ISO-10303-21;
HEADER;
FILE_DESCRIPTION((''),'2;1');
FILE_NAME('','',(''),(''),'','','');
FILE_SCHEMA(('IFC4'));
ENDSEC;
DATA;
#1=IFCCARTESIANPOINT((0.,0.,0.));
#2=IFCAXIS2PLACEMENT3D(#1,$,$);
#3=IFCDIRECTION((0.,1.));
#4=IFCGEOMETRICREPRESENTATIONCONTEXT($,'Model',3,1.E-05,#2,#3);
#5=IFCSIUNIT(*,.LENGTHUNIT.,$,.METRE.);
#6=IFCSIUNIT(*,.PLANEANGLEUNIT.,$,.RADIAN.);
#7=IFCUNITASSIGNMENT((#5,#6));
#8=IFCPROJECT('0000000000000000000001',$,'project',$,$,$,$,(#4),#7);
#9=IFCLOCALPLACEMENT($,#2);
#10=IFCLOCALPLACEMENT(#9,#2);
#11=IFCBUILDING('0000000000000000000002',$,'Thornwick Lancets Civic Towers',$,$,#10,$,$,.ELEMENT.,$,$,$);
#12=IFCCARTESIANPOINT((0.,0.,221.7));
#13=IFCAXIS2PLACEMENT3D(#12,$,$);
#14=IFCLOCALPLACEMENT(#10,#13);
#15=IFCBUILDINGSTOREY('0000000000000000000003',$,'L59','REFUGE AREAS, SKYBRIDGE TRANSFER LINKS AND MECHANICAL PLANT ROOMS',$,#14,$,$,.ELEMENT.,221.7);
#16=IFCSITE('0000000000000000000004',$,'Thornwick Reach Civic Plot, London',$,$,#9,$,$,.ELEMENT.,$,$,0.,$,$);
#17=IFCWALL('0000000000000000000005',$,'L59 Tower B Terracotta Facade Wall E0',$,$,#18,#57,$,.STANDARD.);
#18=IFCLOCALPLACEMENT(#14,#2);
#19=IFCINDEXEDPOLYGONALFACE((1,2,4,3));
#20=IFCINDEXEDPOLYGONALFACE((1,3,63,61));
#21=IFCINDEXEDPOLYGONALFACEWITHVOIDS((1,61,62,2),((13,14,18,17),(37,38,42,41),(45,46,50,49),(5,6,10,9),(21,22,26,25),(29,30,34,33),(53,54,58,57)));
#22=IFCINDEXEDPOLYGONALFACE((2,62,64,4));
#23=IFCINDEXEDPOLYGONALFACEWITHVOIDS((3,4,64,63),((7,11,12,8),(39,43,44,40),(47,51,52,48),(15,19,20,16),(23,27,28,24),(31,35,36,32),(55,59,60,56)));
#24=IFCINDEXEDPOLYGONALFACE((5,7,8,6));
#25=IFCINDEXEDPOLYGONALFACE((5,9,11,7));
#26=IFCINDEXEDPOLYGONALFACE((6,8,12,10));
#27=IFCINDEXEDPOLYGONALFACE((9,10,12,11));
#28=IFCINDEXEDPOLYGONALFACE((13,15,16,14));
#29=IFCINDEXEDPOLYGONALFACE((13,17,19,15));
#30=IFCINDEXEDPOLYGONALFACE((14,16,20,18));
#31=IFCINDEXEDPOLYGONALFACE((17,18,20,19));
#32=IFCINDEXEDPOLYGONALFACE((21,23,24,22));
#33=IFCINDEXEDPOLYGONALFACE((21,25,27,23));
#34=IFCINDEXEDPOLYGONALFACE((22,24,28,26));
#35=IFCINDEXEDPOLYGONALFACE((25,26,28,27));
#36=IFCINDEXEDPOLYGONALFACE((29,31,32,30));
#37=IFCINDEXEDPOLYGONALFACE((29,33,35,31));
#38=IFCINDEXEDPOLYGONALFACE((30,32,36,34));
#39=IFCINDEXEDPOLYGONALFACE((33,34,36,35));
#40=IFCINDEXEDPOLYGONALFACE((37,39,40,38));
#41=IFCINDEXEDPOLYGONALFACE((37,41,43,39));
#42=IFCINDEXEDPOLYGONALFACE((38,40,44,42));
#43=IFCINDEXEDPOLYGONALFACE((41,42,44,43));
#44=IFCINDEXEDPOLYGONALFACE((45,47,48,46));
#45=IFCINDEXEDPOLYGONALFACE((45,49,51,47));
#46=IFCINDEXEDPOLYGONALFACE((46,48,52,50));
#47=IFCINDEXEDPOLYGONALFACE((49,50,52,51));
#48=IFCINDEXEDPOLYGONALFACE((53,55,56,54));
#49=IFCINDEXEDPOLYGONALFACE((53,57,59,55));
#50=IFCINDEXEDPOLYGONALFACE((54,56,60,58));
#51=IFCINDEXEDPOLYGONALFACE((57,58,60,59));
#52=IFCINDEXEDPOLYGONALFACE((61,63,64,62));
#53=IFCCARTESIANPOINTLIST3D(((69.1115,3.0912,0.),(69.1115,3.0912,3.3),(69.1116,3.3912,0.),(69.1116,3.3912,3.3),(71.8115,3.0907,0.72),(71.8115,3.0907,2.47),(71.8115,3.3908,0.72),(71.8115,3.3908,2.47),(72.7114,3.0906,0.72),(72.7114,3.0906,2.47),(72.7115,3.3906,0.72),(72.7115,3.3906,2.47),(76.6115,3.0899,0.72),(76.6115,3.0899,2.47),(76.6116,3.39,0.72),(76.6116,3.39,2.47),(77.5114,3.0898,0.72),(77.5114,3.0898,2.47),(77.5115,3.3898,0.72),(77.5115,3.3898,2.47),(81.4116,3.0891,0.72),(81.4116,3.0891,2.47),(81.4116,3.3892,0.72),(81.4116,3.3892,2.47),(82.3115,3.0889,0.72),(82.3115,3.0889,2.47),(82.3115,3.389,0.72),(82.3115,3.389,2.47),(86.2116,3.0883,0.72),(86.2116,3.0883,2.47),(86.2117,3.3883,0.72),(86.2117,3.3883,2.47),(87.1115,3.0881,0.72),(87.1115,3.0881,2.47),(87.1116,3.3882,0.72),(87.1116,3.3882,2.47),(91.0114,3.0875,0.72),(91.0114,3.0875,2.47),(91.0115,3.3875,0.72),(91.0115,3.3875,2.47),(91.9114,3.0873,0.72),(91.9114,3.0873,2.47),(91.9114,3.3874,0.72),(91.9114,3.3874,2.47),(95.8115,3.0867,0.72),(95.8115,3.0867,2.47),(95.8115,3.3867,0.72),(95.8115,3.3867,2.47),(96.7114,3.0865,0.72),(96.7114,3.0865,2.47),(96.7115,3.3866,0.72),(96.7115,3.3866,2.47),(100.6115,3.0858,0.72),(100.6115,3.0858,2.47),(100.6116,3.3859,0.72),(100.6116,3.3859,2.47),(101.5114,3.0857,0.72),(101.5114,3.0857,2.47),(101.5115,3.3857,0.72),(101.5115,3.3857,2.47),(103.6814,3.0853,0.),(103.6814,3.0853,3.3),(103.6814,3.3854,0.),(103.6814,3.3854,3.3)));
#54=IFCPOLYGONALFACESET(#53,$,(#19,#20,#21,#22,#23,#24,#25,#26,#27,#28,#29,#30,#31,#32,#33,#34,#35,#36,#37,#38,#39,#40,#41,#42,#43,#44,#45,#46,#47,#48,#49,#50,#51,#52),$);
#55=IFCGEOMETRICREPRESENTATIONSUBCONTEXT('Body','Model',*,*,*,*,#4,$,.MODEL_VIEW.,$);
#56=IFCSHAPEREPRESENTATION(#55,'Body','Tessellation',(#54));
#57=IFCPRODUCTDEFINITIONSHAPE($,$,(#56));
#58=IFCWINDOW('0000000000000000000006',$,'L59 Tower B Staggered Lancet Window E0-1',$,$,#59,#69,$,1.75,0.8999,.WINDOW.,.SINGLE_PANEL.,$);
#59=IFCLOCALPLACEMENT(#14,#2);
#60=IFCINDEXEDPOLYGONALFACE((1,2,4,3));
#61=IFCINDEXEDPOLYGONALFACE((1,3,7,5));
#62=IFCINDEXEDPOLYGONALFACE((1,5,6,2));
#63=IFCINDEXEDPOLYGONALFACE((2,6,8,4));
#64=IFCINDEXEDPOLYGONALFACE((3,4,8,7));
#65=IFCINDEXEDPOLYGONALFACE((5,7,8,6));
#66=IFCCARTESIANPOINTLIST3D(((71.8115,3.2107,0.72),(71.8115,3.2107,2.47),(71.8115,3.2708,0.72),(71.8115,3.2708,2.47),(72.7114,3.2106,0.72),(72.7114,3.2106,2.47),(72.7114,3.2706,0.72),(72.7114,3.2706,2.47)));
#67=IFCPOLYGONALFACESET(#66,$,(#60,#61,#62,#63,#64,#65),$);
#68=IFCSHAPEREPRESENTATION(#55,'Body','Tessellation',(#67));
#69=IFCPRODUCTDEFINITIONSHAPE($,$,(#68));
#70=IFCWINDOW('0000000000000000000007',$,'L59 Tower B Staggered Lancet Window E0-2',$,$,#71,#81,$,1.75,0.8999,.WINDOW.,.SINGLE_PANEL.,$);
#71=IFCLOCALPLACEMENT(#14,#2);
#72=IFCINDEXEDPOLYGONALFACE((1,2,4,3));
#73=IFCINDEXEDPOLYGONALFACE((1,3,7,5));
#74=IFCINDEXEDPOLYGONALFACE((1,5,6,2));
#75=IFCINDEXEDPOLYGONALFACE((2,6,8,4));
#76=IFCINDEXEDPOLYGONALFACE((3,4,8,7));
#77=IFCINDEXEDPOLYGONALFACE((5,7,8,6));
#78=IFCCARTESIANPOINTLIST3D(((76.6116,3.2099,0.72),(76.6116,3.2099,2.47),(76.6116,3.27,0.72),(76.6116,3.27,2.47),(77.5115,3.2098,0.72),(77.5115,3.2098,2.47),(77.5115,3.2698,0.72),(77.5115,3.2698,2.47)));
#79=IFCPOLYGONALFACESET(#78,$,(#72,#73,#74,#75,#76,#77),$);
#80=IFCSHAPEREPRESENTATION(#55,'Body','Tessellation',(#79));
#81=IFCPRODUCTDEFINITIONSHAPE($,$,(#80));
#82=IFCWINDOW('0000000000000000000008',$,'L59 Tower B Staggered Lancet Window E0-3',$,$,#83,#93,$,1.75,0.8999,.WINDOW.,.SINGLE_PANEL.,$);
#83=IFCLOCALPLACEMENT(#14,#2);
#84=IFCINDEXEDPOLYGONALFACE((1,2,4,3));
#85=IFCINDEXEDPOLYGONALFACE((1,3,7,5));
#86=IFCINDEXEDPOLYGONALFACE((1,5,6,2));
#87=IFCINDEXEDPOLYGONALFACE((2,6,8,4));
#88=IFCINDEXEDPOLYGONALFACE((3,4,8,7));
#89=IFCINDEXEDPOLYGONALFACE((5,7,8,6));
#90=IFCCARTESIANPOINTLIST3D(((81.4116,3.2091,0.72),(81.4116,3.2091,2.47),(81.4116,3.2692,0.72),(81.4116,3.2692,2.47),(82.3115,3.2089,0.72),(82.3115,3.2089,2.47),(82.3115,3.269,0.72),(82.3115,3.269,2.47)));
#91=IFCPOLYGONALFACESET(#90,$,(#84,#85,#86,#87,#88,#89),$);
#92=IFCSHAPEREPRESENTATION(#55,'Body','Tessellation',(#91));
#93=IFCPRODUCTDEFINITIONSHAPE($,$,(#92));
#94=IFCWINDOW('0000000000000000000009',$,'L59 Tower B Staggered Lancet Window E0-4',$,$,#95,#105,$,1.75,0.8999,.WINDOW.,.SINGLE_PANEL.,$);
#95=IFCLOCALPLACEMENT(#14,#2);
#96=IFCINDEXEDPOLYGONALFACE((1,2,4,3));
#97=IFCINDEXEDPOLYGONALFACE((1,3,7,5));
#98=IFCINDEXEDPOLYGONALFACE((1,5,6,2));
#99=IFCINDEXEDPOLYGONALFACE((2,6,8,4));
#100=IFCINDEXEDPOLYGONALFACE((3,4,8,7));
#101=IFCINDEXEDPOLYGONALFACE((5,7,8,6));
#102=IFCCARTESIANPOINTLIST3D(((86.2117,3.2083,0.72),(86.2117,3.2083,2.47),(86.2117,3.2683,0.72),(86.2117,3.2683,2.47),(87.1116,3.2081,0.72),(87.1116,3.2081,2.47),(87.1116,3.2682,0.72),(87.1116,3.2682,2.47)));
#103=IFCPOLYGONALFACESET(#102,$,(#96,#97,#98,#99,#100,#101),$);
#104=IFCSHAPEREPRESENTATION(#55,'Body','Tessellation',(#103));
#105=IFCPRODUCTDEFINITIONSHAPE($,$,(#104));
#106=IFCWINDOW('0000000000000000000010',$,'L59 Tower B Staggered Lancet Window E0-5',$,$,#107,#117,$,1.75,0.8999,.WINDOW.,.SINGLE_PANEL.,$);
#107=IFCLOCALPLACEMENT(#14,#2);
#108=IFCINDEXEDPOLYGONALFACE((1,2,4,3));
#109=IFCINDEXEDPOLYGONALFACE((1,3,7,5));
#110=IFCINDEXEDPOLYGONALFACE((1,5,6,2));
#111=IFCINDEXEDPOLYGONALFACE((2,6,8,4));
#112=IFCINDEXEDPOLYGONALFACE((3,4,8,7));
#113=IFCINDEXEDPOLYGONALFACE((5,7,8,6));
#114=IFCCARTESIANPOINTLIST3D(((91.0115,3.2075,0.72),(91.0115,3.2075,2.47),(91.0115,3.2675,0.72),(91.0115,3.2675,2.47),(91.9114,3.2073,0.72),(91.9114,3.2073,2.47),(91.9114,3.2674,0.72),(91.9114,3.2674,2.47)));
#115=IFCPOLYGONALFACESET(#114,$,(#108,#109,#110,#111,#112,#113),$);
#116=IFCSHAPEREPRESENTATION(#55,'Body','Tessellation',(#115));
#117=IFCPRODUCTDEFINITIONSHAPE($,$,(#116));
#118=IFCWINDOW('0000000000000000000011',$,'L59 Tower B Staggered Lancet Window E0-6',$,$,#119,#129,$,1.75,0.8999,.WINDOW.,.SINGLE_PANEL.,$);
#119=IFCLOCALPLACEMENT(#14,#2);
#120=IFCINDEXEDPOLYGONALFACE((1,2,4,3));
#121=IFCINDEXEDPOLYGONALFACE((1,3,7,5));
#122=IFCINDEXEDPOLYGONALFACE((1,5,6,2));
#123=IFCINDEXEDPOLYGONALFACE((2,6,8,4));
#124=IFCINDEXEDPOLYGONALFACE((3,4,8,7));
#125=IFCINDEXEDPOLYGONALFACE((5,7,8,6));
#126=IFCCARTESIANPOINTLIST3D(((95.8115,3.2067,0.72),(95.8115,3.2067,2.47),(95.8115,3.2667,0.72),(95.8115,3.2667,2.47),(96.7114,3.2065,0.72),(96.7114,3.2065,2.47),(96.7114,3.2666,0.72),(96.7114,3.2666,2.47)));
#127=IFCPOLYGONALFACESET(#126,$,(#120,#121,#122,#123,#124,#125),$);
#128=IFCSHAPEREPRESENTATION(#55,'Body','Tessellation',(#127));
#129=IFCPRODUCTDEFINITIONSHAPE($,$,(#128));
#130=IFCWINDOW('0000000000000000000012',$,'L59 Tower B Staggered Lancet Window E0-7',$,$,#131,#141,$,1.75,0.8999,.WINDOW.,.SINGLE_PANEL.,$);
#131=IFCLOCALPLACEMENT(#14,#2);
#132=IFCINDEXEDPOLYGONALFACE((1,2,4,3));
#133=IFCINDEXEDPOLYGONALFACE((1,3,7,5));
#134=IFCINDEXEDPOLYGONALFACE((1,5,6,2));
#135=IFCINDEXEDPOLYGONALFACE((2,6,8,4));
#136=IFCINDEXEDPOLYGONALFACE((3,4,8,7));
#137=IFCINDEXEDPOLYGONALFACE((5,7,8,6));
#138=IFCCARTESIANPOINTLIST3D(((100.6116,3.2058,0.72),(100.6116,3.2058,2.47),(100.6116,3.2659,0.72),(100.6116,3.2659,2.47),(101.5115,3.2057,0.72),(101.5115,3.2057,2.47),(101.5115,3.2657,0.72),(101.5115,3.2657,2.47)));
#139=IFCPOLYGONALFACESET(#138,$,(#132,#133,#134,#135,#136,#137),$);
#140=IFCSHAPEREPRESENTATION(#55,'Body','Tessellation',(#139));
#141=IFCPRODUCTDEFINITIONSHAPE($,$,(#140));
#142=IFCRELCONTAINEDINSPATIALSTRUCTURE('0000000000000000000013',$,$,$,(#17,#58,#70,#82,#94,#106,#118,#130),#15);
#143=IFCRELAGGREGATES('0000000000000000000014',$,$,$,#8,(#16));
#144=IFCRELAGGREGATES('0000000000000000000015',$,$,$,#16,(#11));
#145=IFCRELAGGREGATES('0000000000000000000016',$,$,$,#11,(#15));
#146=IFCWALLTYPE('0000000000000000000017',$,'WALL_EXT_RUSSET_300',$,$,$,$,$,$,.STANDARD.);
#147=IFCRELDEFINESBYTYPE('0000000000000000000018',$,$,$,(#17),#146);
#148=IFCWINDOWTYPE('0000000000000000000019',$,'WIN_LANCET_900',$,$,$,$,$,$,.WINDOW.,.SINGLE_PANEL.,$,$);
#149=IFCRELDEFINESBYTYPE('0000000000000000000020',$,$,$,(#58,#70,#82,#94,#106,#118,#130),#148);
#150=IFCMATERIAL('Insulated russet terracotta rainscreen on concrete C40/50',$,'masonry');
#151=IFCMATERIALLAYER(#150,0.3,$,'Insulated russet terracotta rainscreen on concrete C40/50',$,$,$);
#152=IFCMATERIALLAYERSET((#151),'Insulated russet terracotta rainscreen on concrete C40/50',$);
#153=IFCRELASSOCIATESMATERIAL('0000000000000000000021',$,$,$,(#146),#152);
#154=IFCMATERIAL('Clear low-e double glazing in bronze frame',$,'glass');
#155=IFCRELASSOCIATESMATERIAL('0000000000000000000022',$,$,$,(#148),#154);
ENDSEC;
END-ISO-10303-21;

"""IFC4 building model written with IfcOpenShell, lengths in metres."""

from ifc_helpers import new_model, si_unit, direction, frame, frame_2d, origin, place, context, subcontext, project, spatial, rectangle, extrude, material, layer, layer_set, type_object, element, fill, save


model = new_model("IFC4")

# Units and contexts
model_context = context("Model", 3, precision=1e-05, world=origin(), true_north=direction((0.0, 1.0)))
body_context = subcontext(model_context, "Body", "Model", "MODEL_VIEW")
ifc_project = project(units=[si_unit("LENGTHUNIT", "METRE"), si_unit("PLANEANGLEUNIT", "RADIAN")], contexts=[model_context])

# Site, building, storey
site_placement = place(None, origin())
site = spatial("IfcSite", under=ifc_project, at=site_placement, Name="Thornwick Reach Civic Plot, London", CompositionType="ELEMENT", RefElevation=0.0)
building_placement = place(site_placement, origin())
building = spatial("IfcBuilding", under=site, at=building_placement, Name="Thornwick Lancets Civic Towers", CompositionType="ELEMENT")
storey_placement = place(building_placement, frame((0.0, 0.0, 221.7)))
storey = spatial("IfcBuildingStorey", under=building, at=storey_placement, Name="L59", Description="REFUGE AREAS, SKYBRIDGE TRANSFER LINKS AND MECHANICAL PLANT ROOMS", CompositionType="ELEMENT", Elevation=221.7)

# Wall, openings, windows
ifc_material_1 = material(Name="Insulated russet terracotta rainscreen on concrete C40/50", Category="masonry")
ifc_layer_1 = layer(ifc_material_1, 0.3, Name="Insulated russet terracotta rainscreen on concrete C40/50")
ifc_layer_set_1 = layer_set([ifc_layer_1], Name="Insulated russet terracotta rainscreen on concrete C40/50")
wall_type_1 = type_object("IfcWallType", Name="WALL_EXT_RUSSET_300", PredefinedType="STANDARD", material=ifc_layer_set_1)
wall_1_placement = place(storey_placement, frame((69.1116, 3.2412, 0.0), z_axis=(0.0, 0.0, 1.0), x_axis=(1.0, -0.000169, 0.0)))
wall_1 = element("IfcWall", 1, at=wall_1_placement, inside=storey, type_object=wall_type_1, Name="L59 Tower B Terracotta Facade Wall E0", PredefinedType="STANDARD", context=body_context, shape_type="SweptSolid", body=[
    extrude(rectangle(XDim=34.5698, YDim=0.3, at=frame_2d((17.2849, 0.0))), origin(), (0.0, 0.0, 1.0), 3.3),
])
opening_1_placement = place(wall_1_placement, frame((2.7, 0.0, 0.72)))
opening_1 = element("IfcOpeningElement", 2, at=opening_1_placement, cuts=wall_1, PredefinedType="OPENING", context=body_context, shape_type="SweptSolid", body=[
    extrude(rectangle(XDim=0.8999, YDim=1.75, at=frame_2d((0.45, 0.875))), frame((0.0, 0.1602, 0.0), z_axis=(0.0, -1.0, 0.0), x_axis=(1.0, 0.0, 0.0)), (0.0, 0.0, 1.0), 0.3201),
])
opening_2_placement = place(wall_1_placement, frame((7.5, 0.0, 0.72)))
opening_2 = element("IfcOpeningElement", 3, at=opening_2_placement, cuts=wall_1, PredefinedType="OPENING", context=body_context, shape_type="SweptSolid", body=[
    extrude(rectangle(XDim=0.8999, YDim=1.75, at=frame_2d((0.45, 0.875))), frame((0.0, 0.1602, 0.0), z_axis=(0.0, -1.0, 0.0), x_axis=(1.0, 0.0, 0.0)), (0.0, 0.0, 1.0), 0.3201),
])
opening_3_placement = place(wall_1_placement, frame((12.3, 0.0, 0.72)))
opening_3 = element("IfcOpeningElement", 4, at=opening_3_placement, cuts=wall_1, PredefinedType="OPENING", context=body_context, shape_type="SweptSolid", body=[
    extrude(rectangle(XDim=0.8999, YDim=1.75, at=frame_2d((0.45, 0.875))), frame((0.0, 0.1602, 0.0), z_axis=(0.0, -1.0, 0.0), x_axis=(1.0, 0.0, 0.0)), (0.0, 0.0, 1.0), 0.3201),
])
opening_4_placement = place(wall_1_placement, frame((17.1001, 0.0, 0.72)))
opening_4 = element("IfcOpeningElement", 5, at=opening_4_placement, cuts=wall_1, PredefinedType="OPENING", context=body_context, shape_type="SweptSolid", body=[
    extrude(rectangle(XDim=0.8999, YDim=1.75, at=frame_2d((0.45, 0.875))), frame((0.0, 0.1602, 0.0), z_axis=(0.0, -1.0, 0.0), x_axis=(1.0, 0.0, 0.0)), (0.0, 0.0, 1.0), 0.3201),
])
opening_5_placement = place(wall_1_placement, frame((21.8999, 0.0, 0.72)))
opening_5 = element("IfcOpeningElement", 6, at=opening_5_placement, cuts=wall_1, PredefinedType="OPENING", context=body_context, shape_type="SweptSolid", body=[
    extrude(rectangle(XDim=0.8999, YDim=1.75, at=frame_2d((0.45, 0.875))), frame((0.0, 0.1602, 0.0), z_axis=(0.0, -1.0, 0.0), x_axis=(1.0, 0.0, 0.0)), (0.0, 0.0, 1.0), 0.3201),
])
opening_6_placement = place(wall_1_placement, frame((26.7, 0.0, 0.72)))
opening_6 = element("IfcOpeningElement", 7, at=opening_6_placement, cuts=wall_1, PredefinedType="OPENING", context=body_context, shape_type="SweptSolid", body=[
    extrude(rectangle(XDim=0.8999, YDim=1.75, at=frame_2d((0.45, 0.875))), frame((0.0, 0.1602, 0.0), z_axis=(0.0, -1.0, 0.0), x_axis=(1.0, 0.0, 0.0)), (0.0, 0.0, 1.0), 0.3201),
])
opening_7_placement = place(wall_1_placement, frame((31.5, 0.0, 0.72)))
opening_7 = element("IfcOpeningElement", 8, at=opening_7_placement, cuts=wall_1, PredefinedType="OPENING", context=body_context, shape_type="SweptSolid", body=[
    extrude(rectangle(XDim=0.8999, YDim=1.75, at=frame_2d((0.45, 0.875))), frame((0.0, 0.1602, 0.0), z_axis=(0.0, -1.0, 0.0), x_axis=(1.0, 0.0, 0.0)), (0.0, 0.0, 1.0), 0.3201),
])
ifc_material_2 = material(Name="Clear low-e double glazing in bronze frame", Category="glass")
window_type = type_object("IfcWindowType", Name="WIN_LANCET_900", PartitioningType="SINGLE_PANEL", PredefinedType="WINDOW", material=ifc_material_2)
window_1_placement = place(opening_1_placement, origin())
window_1 = element("IfcWindow", 9, at=window_1_placement, inside=storey, type_object=window_type, Name="L59 Tower B Staggered Lancet Window E0-1", OverallHeight=1.75, OverallWidth=0.8999, PartitioningType="SINGLE_PANEL", PredefinedType="WINDOW", context=body_context, shape_type="SweptSolid", body=[
    extrude(rectangle(XDim=0.8999, YDim=1.75, at=frame_2d((0.45, 0.875))), frame((0.0, 0.03, 0.0), z_axis=(0.0, -1.0, 0.0), x_axis=(1.0, 0.0, 0.0)), (0.0, 0.0, 1.0), 0.0601),
])
fill(opening_1, window_1)
window_2_placement = place(opening_2_placement, origin())
window_2 = element("IfcWindow", 10, at=window_2_placement, inside=storey, type_object=window_type, Name="L59 Tower B Staggered Lancet Window E0-2", OverallHeight=1.75, OverallWidth=0.8999, PartitioningType="SINGLE_PANEL", PredefinedType="WINDOW", context=body_context, shape_type="SweptSolid", body=[
    extrude(rectangle(XDim=0.8999, YDim=1.75, at=frame_2d((0.45, 0.875))), frame((0.0, 0.03, 0.0), z_axis=(0.0, -1.0, 0.0), x_axis=(1.0, 0.0, 0.0)), (0.0, 0.0, 1.0), 0.0601),
])
fill(opening_2, window_2)
window_3_placement = place(opening_3_placement, origin())
window_3 = element("IfcWindow", 11, at=window_3_placement, inside=storey, type_object=window_type, Name="L59 Tower B Staggered Lancet Window E0-3", OverallHeight=1.75, OverallWidth=0.8999, PartitioningType="SINGLE_PANEL", PredefinedType="WINDOW", context=body_context, shape_type="SweptSolid", body=[
    extrude(rectangle(XDim=0.8999, YDim=1.75, at=frame_2d((0.45, 0.875))), frame((0.0, 0.03, 0.0), z_axis=(0.0, -1.0, 0.0), x_axis=(1.0, 0.0, 0.0)), (0.0, 0.0, 1.0), 0.0601),
])
fill(opening_3, window_3)
window_4_placement = place(opening_4_placement, origin())
window_4 = element("IfcWindow", 12, at=window_4_placement, inside=storey, type_object=window_type, Name="L59 Tower B Staggered Lancet Window E0-4", OverallHeight=1.75, OverallWidth=0.8999, PartitioningType="SINGLE_PANEL", PredefinedType="WINDOW", context=body_context, shape_type="SweptSolid", body=[
    extrude(rectangle(XDim=0.8999, YDim=1.75, at=frame_2d((0.45, 0.875))), frame((0.0, 0.03, 0.0), z_axis=(0.0, -1.0, 0.0), x_axis=(1.0, 0.0, 0.0)), (0.0, 0.0, 1.0), 0.0601),
])
fill(opening_4, window_4)
window_5_placement = place(opening_5_placement, origin())
window_5 = element("IfcWindow", 13, at=window_5_placement, inside=storey, type_object=window_type, Name="L59 Tower B Staggered Lancet Window E0-5", OverallHeight=1.75, OverallWidth=0.8999, PartitioningType="SINGLE_PANEL", PredefinedType="WINDOW", context=body_context, shape_type="SweptSolid", body=[
    extrude(rectangle(XDim=0.8999, YDim=1.75, at=frame_2d((0.45, 0.875))), frame((0.0, 0.03, 0.0), z_axis=(0.0, -1.0, 0.0), x_axis=(1.0, 0.0, 0.0)), (0.0, 0.0, 1.0), 0.0601),
])
fill(opening_5, window_5)
window_6_placement = place(opening_6_placement, origin())
window_6 = element("IfcWindow", 14, at=window_6_placement, inside=storey, type_object=window_type, Name="L59 Tower B Staggered Lancet Window E0-6", OverallHeight=1.75, OverallWidth=0.8999, PartitioningType="SINGLE_PANEL", PredefinedType="WINDOW", context=body_context, shape_type="SweptSolid", body=[
    extrude(rectangle(XDim=0.8999, YDim=1.75, at=frame_2d((0.45, 0.875))), frame((0.0, 0.03, 0.0), z_axis=(0.0, -1.0, 0.0), x_axis=(1.0, 0.0, 0.0)), (0.0, 0.0, 1.0), 0.0601),
])
fill(opening_6, window_6)
window_7_placement = place(opening_7_placement, origin())
window_7 = element("IfcWindow", 15, at=window_7_placement, inside=storey, type_object=window_type, Name="L59 Tower B Staggered Lancet Window E0-7", OverallHeight=1.75, OverallWidth=0.8999, PartitioningType="SINGLE_PANEL", PredefinedType="WINDOW", context=body_context, shape_type="SweptSolid", body=[
    extrude(rectangle(XDim=0.8999, YDim=1.75, at=frame_2d((0.45, 0.875))), frame((0.0, 0.03, 0.0), z_axis=(0.0, -1.0, 0.0), x_axis=(1.0, 0.0, 0.0)), (0.0, 0.0, 1.0), 0.0601),
])
fill(opening_7, window_7)

save(model, "model.ifc")
